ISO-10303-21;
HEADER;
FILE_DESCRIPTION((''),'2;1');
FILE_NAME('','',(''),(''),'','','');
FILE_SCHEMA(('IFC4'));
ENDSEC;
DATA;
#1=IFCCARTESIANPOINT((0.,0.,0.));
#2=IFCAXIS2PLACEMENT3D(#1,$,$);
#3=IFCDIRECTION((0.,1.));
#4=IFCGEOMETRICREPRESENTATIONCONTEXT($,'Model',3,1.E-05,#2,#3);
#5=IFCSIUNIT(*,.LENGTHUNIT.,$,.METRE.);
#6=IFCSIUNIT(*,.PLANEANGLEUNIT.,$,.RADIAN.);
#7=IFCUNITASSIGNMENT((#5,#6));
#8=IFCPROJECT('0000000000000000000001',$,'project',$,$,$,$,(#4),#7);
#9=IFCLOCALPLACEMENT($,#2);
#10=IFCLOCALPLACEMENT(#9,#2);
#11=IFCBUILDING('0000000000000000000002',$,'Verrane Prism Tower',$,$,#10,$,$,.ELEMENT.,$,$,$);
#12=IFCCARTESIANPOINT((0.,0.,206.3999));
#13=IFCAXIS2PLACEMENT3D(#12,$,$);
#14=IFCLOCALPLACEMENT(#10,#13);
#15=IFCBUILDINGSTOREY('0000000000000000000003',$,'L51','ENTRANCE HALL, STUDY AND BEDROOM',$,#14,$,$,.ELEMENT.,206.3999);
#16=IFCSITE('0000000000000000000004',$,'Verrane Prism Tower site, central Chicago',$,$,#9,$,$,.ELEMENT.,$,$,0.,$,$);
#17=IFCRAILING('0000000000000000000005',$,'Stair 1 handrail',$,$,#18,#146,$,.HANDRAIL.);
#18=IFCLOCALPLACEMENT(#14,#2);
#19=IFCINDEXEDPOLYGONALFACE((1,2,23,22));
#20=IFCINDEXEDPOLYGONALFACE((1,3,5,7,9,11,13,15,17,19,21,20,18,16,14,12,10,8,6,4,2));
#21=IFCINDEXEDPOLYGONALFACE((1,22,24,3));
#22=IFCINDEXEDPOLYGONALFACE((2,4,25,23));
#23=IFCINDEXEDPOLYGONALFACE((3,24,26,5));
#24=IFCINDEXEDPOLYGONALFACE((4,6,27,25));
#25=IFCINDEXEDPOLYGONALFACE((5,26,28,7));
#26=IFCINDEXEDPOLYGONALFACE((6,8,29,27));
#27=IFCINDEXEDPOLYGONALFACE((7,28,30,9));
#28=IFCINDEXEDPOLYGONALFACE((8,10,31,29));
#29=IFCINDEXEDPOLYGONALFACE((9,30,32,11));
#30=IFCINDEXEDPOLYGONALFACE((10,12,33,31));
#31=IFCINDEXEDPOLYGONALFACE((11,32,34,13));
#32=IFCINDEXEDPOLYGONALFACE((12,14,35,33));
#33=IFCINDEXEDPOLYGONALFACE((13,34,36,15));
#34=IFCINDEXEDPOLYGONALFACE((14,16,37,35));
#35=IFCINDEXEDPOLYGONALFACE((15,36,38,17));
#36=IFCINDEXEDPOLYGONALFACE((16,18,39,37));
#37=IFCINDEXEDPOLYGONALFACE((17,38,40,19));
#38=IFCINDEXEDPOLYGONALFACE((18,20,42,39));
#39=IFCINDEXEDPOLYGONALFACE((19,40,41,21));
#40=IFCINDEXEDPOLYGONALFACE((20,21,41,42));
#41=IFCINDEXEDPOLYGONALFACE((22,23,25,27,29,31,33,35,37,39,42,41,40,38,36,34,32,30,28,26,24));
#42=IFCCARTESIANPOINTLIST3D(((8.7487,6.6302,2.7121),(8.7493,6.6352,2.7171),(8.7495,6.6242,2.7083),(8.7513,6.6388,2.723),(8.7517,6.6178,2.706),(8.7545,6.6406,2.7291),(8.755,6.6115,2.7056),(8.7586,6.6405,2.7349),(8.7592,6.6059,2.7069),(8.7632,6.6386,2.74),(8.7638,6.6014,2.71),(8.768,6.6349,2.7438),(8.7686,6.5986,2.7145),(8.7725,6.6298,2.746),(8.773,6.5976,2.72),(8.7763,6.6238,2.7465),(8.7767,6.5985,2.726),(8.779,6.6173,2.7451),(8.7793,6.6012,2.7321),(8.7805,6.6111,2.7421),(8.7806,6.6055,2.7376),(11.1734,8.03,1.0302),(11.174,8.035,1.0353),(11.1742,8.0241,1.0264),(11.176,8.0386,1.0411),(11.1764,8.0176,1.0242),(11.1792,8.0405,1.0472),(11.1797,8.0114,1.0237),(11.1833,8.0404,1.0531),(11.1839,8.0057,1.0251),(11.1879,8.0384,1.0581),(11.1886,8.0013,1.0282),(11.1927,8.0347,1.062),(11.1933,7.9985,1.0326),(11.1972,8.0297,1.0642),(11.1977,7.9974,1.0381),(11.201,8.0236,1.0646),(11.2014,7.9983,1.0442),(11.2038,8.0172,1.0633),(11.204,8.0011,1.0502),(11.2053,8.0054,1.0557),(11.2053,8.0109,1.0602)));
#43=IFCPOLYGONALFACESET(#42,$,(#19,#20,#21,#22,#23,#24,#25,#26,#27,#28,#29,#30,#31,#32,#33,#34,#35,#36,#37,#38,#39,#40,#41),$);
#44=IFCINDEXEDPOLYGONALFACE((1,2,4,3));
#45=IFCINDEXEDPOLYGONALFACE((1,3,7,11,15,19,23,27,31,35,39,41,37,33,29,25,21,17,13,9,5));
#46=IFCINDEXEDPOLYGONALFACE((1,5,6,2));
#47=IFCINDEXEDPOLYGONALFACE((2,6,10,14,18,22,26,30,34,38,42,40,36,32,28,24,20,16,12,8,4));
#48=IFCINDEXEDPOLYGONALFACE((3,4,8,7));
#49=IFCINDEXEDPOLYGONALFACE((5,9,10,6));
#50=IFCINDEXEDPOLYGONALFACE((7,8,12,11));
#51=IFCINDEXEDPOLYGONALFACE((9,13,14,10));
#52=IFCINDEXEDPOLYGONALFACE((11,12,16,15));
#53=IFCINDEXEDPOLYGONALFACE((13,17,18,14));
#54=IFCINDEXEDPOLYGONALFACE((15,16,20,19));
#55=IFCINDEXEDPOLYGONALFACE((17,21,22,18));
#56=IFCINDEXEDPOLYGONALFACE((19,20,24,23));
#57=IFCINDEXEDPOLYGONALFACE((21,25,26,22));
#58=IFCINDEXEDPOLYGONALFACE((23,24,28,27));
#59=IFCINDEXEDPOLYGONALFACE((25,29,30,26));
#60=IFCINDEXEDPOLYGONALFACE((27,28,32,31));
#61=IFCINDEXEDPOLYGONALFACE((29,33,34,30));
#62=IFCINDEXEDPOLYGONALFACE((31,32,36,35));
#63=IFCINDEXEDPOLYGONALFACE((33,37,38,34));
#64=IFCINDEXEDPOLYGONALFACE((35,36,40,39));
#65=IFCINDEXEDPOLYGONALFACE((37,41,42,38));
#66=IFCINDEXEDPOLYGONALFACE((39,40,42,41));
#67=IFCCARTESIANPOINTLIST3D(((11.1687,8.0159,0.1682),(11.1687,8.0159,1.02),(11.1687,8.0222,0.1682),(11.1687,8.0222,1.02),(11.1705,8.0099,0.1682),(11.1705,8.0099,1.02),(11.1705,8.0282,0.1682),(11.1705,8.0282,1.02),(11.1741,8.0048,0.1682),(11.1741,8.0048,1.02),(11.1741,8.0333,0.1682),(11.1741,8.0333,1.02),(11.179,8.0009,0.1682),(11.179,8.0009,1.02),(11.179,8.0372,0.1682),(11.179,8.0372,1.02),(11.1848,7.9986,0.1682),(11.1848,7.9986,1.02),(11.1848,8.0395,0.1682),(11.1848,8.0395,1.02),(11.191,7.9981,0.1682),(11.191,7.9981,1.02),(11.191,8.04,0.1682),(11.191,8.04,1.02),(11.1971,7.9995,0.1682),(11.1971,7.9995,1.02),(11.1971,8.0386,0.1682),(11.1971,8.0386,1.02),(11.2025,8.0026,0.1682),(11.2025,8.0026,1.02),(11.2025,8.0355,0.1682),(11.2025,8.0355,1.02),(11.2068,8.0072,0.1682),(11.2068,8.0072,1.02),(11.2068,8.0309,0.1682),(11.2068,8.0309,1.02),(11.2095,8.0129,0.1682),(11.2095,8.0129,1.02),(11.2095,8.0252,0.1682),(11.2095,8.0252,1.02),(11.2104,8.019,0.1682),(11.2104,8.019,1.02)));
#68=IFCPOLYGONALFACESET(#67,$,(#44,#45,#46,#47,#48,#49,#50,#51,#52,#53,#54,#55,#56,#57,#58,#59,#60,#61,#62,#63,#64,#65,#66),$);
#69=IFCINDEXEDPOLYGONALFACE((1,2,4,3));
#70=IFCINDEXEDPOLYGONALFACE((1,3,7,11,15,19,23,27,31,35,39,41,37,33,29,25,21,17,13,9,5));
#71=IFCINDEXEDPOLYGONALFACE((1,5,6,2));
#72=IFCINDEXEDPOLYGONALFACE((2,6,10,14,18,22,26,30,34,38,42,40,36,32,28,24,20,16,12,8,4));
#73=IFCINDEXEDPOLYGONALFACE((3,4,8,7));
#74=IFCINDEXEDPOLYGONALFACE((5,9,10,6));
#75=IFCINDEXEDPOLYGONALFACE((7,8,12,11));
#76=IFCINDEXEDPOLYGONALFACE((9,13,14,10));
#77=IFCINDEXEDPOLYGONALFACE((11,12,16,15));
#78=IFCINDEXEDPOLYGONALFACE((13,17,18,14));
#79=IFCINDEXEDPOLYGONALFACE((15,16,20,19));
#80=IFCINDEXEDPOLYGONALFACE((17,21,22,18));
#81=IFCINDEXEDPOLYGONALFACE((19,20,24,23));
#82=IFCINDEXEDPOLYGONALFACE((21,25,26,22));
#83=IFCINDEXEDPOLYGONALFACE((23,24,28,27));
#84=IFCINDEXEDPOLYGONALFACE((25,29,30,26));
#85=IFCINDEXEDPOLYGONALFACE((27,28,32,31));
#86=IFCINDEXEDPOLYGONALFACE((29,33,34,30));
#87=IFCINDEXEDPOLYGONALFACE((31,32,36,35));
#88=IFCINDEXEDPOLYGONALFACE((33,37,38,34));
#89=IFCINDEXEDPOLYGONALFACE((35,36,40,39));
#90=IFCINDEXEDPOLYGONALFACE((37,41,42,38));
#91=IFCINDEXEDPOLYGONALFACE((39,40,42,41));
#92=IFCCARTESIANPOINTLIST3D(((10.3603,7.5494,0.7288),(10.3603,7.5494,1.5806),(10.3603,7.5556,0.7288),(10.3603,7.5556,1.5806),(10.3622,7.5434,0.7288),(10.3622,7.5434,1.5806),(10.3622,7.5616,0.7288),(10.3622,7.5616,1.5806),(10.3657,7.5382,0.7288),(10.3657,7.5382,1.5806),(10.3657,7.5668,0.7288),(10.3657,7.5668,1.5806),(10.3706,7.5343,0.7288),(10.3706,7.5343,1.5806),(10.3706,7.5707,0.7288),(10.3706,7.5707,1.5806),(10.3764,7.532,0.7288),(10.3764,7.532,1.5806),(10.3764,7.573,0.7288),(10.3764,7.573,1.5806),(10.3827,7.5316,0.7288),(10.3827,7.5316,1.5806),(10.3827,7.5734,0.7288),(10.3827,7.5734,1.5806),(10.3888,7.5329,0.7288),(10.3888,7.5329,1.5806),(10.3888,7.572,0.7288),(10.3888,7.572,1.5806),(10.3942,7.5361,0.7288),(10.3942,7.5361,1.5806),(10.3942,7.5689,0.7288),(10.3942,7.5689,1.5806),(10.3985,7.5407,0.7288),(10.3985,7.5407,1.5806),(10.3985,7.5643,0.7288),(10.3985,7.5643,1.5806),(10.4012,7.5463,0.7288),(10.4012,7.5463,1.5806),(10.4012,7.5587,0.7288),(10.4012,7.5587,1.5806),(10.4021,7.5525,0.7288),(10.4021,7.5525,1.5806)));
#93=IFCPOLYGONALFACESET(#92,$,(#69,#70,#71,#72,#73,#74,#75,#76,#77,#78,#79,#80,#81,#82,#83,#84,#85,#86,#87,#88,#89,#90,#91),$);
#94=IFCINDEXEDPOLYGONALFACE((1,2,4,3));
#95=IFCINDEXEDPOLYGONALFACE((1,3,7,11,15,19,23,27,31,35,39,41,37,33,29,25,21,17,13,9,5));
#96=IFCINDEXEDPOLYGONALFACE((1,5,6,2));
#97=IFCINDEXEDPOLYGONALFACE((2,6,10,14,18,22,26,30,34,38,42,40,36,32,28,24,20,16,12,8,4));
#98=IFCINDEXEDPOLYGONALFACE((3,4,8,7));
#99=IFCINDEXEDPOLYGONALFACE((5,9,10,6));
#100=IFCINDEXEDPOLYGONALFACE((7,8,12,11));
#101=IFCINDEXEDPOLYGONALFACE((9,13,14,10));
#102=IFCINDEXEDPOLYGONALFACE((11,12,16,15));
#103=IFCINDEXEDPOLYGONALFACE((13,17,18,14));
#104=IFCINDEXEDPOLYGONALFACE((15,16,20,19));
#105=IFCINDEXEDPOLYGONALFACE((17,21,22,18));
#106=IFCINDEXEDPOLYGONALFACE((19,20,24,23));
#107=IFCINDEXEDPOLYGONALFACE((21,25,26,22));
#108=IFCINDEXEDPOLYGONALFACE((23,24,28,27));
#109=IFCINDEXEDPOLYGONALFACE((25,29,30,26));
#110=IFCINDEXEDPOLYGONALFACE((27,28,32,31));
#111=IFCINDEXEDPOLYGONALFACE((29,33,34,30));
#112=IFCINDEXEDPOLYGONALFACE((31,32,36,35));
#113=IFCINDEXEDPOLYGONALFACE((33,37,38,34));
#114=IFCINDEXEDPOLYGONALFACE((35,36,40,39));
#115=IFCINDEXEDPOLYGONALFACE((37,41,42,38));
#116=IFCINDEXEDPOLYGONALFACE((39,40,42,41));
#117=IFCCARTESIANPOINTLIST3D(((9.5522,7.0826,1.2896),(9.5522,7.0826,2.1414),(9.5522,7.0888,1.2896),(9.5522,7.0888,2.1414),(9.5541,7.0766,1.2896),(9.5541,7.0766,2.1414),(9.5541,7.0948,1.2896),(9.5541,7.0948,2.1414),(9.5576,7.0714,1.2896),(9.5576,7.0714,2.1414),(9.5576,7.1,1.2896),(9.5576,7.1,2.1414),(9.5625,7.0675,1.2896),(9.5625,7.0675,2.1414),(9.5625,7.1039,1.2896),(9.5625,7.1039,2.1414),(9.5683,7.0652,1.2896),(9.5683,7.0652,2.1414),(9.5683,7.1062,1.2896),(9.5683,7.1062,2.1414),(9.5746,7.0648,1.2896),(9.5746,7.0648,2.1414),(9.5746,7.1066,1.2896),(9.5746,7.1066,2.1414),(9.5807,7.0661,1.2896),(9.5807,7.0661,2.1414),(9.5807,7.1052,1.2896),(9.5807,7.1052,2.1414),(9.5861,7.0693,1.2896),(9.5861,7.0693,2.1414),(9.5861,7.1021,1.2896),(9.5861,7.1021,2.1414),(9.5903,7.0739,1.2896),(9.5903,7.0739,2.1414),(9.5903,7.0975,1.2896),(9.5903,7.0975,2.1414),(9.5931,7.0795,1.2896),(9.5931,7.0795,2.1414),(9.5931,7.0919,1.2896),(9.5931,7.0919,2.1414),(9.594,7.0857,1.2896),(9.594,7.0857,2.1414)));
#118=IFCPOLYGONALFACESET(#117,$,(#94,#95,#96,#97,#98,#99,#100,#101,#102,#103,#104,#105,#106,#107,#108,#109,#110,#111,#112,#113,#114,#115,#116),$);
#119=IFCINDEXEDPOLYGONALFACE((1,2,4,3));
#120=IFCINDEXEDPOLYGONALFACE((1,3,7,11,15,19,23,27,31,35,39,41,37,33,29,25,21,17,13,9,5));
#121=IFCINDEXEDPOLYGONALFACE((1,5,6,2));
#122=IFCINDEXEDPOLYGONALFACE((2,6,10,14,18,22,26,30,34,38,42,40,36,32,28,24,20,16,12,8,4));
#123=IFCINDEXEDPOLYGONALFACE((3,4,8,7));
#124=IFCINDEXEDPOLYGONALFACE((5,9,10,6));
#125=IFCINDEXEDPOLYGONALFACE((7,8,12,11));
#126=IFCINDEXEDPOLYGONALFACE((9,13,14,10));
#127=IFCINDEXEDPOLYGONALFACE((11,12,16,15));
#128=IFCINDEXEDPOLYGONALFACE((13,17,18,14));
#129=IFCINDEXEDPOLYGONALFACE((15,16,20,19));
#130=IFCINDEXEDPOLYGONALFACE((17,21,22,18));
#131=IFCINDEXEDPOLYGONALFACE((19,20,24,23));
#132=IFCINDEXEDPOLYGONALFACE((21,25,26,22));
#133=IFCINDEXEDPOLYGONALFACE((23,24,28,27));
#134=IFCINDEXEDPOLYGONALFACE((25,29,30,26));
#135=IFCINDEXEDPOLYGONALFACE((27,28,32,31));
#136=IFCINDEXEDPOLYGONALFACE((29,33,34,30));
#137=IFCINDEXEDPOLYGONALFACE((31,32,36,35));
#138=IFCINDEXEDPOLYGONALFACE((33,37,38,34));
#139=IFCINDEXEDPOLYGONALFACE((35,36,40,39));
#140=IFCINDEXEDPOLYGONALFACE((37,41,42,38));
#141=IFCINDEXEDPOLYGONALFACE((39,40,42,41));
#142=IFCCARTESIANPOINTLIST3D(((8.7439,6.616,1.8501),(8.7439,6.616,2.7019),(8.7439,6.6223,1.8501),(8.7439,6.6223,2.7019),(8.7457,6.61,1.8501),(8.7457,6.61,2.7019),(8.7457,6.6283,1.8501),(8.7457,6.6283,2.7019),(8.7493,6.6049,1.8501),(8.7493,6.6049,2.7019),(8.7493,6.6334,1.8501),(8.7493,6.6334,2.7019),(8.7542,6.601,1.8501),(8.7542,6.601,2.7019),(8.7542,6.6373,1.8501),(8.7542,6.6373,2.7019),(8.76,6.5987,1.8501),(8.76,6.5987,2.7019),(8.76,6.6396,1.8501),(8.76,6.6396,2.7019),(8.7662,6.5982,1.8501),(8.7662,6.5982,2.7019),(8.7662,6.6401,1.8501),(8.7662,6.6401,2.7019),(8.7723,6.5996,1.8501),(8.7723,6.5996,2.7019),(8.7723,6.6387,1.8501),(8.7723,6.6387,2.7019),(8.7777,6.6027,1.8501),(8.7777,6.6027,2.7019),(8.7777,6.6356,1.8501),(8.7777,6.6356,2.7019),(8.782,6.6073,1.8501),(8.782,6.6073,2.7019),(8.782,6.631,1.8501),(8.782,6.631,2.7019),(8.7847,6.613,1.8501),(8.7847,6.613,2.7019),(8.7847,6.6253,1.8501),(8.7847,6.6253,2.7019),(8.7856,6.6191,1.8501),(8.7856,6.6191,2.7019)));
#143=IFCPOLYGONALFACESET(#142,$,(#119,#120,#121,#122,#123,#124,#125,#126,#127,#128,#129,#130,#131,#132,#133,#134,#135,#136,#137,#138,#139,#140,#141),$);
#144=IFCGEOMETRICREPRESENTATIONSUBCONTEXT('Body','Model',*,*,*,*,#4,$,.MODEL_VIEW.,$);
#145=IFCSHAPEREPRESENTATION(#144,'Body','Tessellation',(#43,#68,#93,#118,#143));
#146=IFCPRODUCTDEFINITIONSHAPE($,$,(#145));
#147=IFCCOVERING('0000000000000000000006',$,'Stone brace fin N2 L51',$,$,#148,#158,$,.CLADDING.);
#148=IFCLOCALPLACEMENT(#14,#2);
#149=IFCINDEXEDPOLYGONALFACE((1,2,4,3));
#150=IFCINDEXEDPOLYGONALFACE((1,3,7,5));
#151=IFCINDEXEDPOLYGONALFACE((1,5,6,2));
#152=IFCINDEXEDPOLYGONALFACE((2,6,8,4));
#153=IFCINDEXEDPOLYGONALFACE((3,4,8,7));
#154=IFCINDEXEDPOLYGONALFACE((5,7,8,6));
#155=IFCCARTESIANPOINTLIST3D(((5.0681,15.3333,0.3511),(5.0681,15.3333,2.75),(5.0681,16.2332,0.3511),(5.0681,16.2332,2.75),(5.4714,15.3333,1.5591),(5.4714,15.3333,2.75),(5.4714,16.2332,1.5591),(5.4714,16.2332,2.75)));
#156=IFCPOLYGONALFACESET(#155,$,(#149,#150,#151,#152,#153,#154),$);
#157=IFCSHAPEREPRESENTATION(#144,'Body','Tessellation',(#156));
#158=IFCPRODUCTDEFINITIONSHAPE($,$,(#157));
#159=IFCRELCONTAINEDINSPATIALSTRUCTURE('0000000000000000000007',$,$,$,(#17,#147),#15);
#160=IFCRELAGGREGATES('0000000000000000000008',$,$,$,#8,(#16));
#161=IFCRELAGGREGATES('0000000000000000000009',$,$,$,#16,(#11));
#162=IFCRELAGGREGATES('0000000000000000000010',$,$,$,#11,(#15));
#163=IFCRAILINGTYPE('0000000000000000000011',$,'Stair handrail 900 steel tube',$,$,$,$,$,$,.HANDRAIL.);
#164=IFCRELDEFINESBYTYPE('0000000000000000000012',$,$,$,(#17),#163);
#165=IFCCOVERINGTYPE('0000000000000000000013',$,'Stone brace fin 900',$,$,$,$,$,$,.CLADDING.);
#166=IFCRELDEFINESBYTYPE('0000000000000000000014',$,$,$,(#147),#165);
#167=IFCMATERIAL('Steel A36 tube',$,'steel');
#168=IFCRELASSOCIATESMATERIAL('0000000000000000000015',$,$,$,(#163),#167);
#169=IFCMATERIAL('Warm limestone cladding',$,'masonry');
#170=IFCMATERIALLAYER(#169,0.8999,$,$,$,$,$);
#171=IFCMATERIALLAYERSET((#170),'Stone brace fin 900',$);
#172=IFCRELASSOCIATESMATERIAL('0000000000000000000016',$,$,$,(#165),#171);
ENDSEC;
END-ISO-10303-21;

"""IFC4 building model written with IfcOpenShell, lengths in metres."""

from ifc_helpers import new_model, si_unit, direction, frame, origin, origin_2d, place, context, subcontext, project, spatial, polyline, circle, outline, extrude, material, layer, layer_set, type_object, element, save


model = new_model("IFC4")

# Units and contexts
model_context = context("Model", 3, precision=1e-05, world=origin(), true_north=direction((0.0, 1.0)))
body_context = subcontext(model_context, "Body", "Model", "MODEL_VIEW")
ifc_project = project(units=[si_unit("LENGTHUNIT", "METRE"), si_unit("PLANEANGLEUNIT", "RADIAN")], contexts=[model_context])

# Site, building, storey
site_placement = place(None, origin())
site = spatial("IfcSite", under=ifc_project, at=site_placement, Name="Verrane Prism Tower site, central Chicago", CompositionType="ELEMENT", RefElevation=0.0)
building_placement = place(site_placement, origin())
building = spatial("IfcBuilding", under=site, at=building_placement, Name="Verrane Prism Tower", CompositionType="ELEMENT")
storey_placement = place(building_placement, frame((0.0, 0.0, 206.3999)))
storey = spatial("IfcBuildingStorey", under=building, at=storey_placement, Name="L51", Description="ENTRANCE HALL, STUDY AND BEDROOM", CompositionType="ELEMENT", Elevation=206.3999)

# Railing
ifc_material_1 = material(Name="Steel A36 tube", Category="steel")
railing_type = type_object("IfcRailingType", Name="Stair handrail 900 steel tube", PredefinedType="HANDRAIL", material=ifc_material_1)
railing_placement = place(storey_placement, frame((11.1895, 8.019, 0.1682)))
element("IfcRailing", 1, at=railing_placement, inside=storey, type_object=railing_type, Name="Stair 1 handrail", PredefinedType="HANDRAIL", context=body_context, shape_type="SweptSolid", body=[
    extrude(circle(Radius=0.0239, at=origin_2d()), frame((0.0, 0.0, 0.876), z_axis=(-0.74239, -0.428601, 0.514934), x_axis=(0.499984, -0.866035, 0.0)), (0.0, 0.0, 1.0), 3.2661),
    extrude(circle(Radius=0.021, at=origin_2d()), origin(), (0.0, 0.0, 1.0), 0.8518),
    extrude(circle(Radius=0.021, at=origin_2d()), frame((-0.8083, -0.4666, 0.5605)), (0.0, 0.0, 1.0), 0.8518),
    extrude(circle(Radius=0.021, at=origin_2d()), frame((-1.6165, -0.9333, 1.1213)), (0.0, 0.0, 1.0), 0.8518),
    extrude(circle(Radius=0.021, at=origin_2d()), frame((-2.4248, -1.3999, 1.6819)), (0.0, 0.0, 1.0), 0.8518),
])

# Covering
ifc_material_2 = material(Name="Warm limestone cladding", Category="masonry")
ifc_layer_1 = layer(ifc_material_2, 0.8999)
ifc_layer_set_1 = layer_set([ifc_layer_1], Name="Stone brace fin 900")
covering_type = type_object("IfcCoveringType", Name="Stone brace fin 900", PredefinedType="CLADDING", material=ifc_layer_set_1)
covering_placement = place(storey_placement, frame((5.0681, 15.7832, 0.3511), z_axis=(0.0, 0.0, 1.0), x_axis=(1.0, 0.0, 0.0)))
element("IfcCovering", 2, at=covering_placement, inside=storey, type_object=covering_type, Name="Stone brace fin N2 L51", PredefinedType="CLADDING", context=body_context, shape_type="SweptSolid", body=[
    extrude(outline(polyline([(0.4033, 2.3989), (0.0, 2.3989), (0.0, 0.0), (0.4033, 1.208), (0.4033, 2.3989)])), frame((0.0, 0.45, 0.0), z_axis=(0.0, -1.0, 0.0), x_axis=(1.0, 0.0, 0.0)), (0.0, 0.0, 1.0), 0.8999),
])

save(model, "model.ifc")
